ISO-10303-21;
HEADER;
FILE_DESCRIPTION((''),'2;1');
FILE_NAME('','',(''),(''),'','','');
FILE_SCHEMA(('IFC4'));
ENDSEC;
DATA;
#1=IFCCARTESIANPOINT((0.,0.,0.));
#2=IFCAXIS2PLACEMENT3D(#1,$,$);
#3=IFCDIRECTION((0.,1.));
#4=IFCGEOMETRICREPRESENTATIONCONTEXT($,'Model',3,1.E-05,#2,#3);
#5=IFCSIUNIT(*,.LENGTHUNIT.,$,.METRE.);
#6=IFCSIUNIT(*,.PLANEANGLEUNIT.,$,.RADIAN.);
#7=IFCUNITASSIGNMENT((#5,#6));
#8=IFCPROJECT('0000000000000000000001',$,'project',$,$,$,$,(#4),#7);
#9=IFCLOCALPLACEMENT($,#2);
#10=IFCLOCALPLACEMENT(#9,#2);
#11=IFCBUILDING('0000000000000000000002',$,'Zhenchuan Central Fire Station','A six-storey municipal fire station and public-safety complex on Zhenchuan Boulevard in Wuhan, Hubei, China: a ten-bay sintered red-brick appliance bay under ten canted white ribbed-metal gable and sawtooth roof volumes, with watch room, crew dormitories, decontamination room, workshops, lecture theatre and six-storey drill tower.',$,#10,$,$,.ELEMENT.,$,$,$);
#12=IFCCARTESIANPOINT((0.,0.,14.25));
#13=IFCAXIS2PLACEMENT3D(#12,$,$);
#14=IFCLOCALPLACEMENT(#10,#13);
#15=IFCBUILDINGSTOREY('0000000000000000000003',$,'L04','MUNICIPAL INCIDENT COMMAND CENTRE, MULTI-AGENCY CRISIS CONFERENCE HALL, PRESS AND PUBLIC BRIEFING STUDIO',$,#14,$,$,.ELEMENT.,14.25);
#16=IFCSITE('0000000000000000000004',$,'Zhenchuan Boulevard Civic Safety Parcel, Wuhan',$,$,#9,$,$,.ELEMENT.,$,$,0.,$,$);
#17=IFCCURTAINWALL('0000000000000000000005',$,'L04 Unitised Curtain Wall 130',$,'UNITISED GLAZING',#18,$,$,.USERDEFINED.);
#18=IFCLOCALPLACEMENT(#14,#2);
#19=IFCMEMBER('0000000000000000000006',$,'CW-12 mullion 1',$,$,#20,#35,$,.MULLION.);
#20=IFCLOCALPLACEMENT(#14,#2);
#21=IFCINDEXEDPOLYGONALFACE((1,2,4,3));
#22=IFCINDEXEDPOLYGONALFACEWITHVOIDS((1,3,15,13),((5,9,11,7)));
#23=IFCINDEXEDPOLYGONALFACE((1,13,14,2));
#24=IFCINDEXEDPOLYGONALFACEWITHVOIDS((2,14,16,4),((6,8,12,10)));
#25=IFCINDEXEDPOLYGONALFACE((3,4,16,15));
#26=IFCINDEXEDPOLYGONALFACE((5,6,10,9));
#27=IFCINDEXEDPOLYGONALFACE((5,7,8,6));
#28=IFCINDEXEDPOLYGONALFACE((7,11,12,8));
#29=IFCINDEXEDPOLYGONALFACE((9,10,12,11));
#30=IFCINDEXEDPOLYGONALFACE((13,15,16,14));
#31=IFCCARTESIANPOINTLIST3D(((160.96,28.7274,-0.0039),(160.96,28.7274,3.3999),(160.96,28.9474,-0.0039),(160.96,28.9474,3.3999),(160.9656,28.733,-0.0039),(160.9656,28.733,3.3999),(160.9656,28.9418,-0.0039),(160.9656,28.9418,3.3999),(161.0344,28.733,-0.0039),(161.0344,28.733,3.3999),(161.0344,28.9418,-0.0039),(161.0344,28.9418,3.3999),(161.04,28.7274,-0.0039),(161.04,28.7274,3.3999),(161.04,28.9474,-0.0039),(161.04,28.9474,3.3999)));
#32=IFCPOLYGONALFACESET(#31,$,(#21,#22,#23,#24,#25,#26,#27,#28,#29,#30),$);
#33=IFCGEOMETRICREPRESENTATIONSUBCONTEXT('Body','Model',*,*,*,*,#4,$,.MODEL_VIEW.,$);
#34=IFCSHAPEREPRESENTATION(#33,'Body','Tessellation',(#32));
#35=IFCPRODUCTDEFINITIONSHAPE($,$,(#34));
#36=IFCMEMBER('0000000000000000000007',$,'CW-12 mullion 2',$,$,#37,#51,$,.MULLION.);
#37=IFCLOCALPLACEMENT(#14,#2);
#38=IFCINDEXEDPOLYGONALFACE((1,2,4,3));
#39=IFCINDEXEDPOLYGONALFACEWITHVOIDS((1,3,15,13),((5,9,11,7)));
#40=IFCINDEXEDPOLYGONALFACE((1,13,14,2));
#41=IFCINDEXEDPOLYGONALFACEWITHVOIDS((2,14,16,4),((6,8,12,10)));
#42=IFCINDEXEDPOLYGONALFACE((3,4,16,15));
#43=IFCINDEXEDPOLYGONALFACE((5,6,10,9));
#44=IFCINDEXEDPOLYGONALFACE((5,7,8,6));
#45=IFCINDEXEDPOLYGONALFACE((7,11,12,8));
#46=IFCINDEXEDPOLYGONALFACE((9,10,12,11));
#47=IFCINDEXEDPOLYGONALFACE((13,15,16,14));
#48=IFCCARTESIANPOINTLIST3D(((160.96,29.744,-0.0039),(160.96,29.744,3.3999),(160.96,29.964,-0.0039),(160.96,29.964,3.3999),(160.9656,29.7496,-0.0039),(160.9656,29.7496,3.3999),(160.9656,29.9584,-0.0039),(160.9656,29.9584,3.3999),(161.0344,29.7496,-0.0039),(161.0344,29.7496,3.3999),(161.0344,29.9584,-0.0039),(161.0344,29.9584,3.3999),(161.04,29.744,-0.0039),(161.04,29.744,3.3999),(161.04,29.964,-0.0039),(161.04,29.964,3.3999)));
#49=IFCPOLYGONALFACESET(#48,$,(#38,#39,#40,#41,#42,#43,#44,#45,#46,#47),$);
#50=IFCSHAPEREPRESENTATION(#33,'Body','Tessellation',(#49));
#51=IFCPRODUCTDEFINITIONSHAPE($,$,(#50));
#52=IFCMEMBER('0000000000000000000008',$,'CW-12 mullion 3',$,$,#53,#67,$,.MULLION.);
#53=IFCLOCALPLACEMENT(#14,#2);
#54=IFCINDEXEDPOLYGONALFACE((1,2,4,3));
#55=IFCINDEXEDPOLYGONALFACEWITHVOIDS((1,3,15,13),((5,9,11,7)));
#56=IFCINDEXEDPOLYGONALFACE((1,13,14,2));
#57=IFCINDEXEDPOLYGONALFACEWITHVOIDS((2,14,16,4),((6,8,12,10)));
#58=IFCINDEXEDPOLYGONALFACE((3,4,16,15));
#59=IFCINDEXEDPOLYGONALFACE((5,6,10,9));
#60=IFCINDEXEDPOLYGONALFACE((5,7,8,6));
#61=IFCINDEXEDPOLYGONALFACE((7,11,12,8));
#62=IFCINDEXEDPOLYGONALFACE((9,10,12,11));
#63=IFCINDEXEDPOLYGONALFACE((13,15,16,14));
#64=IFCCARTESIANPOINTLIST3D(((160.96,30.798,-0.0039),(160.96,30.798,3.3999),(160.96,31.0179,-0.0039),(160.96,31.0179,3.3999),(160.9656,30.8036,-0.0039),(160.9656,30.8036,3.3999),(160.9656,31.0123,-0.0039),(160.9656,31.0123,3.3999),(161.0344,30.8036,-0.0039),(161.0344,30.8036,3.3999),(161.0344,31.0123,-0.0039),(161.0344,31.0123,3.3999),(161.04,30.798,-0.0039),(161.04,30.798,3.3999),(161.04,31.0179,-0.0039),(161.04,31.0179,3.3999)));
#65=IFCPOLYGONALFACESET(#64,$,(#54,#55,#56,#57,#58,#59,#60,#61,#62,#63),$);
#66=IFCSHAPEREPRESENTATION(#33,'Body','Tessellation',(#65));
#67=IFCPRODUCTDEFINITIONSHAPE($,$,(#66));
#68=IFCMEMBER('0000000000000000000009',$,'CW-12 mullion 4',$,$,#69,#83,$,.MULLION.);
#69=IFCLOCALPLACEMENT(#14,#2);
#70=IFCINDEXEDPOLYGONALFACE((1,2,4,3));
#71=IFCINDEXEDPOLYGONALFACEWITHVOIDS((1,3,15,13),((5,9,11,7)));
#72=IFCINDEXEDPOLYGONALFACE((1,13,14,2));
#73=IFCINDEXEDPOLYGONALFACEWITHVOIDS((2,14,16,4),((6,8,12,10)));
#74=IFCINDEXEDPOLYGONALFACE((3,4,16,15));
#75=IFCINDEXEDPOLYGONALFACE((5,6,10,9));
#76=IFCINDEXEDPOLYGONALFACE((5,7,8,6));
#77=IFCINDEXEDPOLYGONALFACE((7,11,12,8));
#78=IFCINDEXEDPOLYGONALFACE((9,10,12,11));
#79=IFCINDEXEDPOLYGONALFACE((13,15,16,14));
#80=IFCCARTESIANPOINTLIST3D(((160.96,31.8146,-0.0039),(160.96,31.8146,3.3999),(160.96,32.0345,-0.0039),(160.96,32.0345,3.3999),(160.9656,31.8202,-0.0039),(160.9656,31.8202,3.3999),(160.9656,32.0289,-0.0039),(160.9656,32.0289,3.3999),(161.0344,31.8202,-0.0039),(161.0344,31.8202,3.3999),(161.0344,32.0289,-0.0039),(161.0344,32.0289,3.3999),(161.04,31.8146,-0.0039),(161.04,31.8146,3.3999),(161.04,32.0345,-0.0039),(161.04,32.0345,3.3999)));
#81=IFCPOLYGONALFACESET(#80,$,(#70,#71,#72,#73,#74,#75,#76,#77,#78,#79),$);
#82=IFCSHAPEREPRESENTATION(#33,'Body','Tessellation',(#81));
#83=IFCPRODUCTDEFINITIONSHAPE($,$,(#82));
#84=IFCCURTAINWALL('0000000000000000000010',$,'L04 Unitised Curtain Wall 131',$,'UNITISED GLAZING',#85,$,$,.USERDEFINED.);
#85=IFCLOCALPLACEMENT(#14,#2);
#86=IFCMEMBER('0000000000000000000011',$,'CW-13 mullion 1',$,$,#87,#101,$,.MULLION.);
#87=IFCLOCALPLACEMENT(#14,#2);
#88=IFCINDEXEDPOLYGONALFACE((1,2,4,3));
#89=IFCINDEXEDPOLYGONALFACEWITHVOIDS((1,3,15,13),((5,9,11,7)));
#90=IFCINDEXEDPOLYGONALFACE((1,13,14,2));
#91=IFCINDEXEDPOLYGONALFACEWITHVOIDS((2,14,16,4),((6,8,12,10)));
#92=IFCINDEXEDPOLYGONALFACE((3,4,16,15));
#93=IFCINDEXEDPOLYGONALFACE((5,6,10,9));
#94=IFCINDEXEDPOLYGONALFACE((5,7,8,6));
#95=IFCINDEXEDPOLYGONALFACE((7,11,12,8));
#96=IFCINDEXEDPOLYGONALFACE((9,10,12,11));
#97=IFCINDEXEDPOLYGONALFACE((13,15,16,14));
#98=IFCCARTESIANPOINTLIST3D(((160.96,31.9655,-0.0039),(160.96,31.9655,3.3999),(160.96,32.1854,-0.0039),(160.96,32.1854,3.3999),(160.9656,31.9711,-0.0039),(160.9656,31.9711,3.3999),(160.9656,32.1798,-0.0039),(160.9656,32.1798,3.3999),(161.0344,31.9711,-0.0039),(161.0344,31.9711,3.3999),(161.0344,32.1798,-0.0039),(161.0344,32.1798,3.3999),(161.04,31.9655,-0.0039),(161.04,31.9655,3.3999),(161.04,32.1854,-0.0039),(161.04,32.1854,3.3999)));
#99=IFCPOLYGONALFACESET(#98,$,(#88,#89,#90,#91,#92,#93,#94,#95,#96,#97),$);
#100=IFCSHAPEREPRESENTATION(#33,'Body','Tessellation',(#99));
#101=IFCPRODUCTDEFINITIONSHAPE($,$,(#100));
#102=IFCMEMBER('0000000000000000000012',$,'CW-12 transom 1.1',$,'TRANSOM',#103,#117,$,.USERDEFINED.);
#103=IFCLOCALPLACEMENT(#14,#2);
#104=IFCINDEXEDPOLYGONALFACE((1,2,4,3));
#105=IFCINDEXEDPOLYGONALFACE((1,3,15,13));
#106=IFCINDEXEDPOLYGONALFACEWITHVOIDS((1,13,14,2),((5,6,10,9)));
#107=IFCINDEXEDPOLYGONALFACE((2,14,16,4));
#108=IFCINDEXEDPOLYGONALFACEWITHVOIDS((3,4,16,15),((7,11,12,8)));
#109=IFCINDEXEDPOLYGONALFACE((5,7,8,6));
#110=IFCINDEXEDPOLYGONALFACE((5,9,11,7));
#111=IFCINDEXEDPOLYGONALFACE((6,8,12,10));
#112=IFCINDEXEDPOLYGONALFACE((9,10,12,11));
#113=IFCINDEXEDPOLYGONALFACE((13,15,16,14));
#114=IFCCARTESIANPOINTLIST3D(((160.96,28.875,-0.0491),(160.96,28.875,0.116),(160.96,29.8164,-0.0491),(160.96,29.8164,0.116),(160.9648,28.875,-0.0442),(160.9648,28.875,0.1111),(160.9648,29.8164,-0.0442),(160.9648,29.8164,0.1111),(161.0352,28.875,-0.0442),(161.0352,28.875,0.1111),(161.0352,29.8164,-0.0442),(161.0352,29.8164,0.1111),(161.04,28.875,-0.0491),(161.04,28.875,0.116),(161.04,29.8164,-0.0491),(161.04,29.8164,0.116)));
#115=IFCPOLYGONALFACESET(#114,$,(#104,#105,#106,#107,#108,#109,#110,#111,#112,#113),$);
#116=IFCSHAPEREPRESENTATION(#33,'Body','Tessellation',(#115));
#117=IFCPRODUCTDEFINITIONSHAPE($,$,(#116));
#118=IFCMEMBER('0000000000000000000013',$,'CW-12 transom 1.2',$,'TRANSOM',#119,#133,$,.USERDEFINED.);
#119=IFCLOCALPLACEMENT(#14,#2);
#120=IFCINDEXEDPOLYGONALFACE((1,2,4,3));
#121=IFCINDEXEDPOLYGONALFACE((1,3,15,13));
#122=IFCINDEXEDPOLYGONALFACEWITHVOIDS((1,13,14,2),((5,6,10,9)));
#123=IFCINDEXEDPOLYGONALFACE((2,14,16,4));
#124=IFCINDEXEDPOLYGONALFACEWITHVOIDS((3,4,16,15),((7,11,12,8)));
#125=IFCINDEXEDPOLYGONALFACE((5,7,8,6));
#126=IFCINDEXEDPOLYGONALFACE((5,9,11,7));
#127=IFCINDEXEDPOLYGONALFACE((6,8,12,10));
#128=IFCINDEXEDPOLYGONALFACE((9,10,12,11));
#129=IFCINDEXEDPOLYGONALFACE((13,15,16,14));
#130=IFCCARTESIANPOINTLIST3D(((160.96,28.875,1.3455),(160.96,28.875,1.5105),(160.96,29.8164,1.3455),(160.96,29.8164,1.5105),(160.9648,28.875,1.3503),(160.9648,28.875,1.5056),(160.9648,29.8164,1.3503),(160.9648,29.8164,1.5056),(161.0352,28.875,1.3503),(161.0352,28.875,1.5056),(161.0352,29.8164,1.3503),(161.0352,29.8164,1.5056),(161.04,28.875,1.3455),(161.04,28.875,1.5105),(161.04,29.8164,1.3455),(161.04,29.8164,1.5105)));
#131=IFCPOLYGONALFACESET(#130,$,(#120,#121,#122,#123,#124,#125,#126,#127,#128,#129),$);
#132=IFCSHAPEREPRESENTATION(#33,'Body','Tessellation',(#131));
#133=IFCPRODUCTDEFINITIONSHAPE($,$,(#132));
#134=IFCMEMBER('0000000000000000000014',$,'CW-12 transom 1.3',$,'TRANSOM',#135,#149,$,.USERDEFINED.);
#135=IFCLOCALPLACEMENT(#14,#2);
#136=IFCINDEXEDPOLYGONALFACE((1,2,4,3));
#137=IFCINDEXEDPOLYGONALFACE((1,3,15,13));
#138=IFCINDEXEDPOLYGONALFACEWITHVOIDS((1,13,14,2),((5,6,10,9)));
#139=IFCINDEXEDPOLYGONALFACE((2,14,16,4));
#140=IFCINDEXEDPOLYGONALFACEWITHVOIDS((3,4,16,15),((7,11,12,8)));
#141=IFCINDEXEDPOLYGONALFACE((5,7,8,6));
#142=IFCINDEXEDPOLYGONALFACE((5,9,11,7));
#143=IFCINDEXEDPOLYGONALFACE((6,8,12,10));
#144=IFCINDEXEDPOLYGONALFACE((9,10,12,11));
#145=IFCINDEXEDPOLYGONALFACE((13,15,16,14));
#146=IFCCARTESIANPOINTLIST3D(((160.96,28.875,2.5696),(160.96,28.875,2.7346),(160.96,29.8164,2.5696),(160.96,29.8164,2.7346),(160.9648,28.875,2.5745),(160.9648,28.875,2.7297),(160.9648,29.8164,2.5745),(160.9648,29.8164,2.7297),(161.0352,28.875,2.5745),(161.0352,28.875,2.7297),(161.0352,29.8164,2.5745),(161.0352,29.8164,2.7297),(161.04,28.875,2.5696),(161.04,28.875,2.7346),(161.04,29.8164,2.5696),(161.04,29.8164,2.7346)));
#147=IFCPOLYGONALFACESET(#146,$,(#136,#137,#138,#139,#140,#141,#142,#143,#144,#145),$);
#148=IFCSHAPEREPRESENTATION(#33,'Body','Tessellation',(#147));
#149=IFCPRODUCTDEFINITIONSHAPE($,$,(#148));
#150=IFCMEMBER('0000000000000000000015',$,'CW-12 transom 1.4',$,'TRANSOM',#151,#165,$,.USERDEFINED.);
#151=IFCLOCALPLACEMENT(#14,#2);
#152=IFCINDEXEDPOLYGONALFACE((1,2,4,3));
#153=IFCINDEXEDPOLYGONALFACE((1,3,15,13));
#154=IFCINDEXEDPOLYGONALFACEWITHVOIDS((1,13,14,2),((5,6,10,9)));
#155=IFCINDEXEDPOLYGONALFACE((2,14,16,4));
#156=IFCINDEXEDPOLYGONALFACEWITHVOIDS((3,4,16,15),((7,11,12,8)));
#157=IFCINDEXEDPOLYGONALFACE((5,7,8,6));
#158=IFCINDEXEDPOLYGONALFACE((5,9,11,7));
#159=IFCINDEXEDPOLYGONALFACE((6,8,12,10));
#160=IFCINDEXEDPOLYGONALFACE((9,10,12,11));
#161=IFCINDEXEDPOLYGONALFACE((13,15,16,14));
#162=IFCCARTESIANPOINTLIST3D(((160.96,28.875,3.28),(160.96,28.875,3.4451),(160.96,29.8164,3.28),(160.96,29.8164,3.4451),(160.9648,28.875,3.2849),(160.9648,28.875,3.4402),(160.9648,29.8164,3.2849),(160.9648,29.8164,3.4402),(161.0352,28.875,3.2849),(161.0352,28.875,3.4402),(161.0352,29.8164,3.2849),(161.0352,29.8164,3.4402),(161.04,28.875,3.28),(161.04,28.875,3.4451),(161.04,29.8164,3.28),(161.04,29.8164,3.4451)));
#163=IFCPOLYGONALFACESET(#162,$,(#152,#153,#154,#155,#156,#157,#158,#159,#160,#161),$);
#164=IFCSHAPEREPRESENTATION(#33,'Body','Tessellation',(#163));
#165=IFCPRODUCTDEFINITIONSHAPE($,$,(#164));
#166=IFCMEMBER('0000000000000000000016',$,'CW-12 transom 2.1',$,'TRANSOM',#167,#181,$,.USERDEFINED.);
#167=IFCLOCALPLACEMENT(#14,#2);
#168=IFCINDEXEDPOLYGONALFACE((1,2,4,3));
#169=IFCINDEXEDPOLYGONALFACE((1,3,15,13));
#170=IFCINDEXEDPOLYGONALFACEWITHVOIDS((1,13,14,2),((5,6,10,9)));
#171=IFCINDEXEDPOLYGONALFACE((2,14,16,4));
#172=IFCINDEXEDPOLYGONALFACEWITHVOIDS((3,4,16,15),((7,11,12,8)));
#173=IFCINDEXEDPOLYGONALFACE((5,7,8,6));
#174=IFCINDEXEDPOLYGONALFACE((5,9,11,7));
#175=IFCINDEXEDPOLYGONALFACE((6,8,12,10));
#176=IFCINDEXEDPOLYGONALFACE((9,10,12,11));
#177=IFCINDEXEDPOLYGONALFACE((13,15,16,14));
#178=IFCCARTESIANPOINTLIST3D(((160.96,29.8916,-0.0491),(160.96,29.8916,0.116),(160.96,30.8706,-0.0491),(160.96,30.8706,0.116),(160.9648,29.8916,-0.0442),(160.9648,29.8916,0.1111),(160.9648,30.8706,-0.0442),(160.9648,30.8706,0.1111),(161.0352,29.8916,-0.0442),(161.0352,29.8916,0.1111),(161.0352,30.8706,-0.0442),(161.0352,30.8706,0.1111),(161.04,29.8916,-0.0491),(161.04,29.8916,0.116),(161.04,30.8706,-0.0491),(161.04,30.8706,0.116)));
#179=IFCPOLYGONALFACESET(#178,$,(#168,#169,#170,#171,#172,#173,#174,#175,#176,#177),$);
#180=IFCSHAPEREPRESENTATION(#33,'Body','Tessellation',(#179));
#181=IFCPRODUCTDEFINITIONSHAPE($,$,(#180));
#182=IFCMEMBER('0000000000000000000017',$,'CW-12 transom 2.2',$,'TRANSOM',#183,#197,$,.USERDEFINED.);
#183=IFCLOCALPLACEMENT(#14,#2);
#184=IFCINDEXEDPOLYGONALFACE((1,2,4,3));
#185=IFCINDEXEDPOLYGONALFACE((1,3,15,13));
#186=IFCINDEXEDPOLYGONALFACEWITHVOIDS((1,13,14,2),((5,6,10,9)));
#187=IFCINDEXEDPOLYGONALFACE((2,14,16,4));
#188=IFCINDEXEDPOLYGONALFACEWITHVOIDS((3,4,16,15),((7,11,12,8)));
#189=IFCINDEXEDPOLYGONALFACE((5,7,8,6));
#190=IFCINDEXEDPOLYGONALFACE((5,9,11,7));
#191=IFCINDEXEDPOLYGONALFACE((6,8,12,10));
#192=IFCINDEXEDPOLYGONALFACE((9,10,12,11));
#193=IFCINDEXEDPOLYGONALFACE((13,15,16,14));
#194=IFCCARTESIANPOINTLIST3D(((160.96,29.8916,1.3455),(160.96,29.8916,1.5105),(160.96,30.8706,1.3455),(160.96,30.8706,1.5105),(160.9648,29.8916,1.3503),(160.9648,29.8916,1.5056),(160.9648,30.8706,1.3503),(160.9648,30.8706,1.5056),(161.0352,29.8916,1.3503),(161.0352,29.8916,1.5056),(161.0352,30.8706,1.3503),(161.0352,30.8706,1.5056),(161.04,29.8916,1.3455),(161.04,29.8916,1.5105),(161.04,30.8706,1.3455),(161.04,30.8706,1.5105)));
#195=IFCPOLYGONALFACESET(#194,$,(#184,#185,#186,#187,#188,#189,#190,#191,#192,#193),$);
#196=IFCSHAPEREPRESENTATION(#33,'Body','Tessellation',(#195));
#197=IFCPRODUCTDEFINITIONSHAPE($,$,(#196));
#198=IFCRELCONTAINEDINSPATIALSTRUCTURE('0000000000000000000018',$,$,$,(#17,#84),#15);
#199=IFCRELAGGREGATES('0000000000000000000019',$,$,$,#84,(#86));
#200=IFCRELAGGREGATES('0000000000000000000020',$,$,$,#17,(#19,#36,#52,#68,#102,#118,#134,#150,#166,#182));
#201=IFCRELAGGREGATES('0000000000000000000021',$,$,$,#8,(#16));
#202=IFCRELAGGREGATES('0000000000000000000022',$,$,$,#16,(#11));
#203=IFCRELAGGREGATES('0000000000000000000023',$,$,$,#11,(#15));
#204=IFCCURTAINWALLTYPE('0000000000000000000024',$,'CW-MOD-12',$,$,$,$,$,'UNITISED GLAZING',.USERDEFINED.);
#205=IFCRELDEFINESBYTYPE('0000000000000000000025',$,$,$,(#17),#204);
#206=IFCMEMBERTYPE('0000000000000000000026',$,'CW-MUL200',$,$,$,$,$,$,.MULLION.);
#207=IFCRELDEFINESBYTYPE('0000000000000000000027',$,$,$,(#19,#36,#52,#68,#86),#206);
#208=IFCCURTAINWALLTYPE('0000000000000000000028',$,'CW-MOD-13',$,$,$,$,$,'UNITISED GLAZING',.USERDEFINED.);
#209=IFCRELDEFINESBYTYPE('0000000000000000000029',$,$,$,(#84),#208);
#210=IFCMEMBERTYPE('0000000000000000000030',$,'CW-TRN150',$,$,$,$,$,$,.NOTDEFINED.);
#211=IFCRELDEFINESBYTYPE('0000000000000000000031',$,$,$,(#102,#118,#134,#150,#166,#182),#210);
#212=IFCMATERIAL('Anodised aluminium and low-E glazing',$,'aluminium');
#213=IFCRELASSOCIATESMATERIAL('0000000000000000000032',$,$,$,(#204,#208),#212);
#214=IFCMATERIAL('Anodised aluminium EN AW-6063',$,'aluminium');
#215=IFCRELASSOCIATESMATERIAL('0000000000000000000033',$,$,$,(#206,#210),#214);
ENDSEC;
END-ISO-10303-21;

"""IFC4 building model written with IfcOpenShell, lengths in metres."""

from ifc_helpers import new_model, si_unit, direction, frame, origin, origin_2d, place, context, subcontext, project, spatial, hollow_rectangle, extrude, material, material_profile, profile_set, type_object, element, aggregate, save


model = new_model("IFC4")

# Units and contexts
model_context = context("Model", 3, precision=1e-05, world=origin(), true_north=direction((0.0, 1.0)))
body_context = subcontext(model_context, "Body", "Model", "MODEL_VIEW")
ifc_project = project(units=[si_unit("LENGTHUNIT", "METRE"), si_unit("PLANEANGLEUNIT", "RADIAN")], contexts=[model_context])

# Site, building, storey
site_placement = place(None, origin())
site = spatial("IfcSite", under=ifc_project, at=site_placement, Name="Zhenchuan Boulevard Civic Safety Parcel, Wuhan", CompositionType="ELEMENT", RefElevation=0.0)
building_placement = place(site_placement, origin())
building = spatial("IfcBuilding", under=site, at=building_placement, Name="Zhenchuan Central Fire Station", Description="A six-storey municipal fire station and public-safety complex on Zhenchuan Boulevard in Wuhan, Hubei, China: a ten-bay sintered red-brick appliance bay under ten canted white ribbed-metal gable and sawtooth roof volumes, with watch room, crew dormitories, decontamination room, workshops, lecture theatre and six-storey drill tower.", CompositionType="ELEMENT")
storey_placement = place(building_placement, frame((0.0, 0.0, 14.25)))
storey = spatial("IfcBuildingStorey", under=building, at=storey_placement, Name="L04", Description="MUNICIPAL INCIDENT COMMAND CENTRE, MULTI-AGENCY CRISIS CONFERENCE HALL, PRESS AND PUBLIC BRIEFING STUDIO", CompositionType="ELEMENT", Elevation=14.25)

# Curtain wall, members
ifc_material_1 = material(Name="Anodised aluminium and low-E glazing", Category="aluminium")
curtain_wall_type_1 = type_object("IfcCurtainWallType", Name="CW-MOD-12", ElementType="UNITISED GLAZING", PredefinedType="USERDEFINED", material=ifc_material_1)
curtain_wall_1_placement = place(storey_placement, origin())
curtain_wall_1 = element("IfcCurtainWall", 1, at=curtain_wall_1_placement, inside=storey, type_object=curtain_wall_type_1, Name="L04 Unitised Curtain Wall 130", ObjectType="UNITISED GLAZING", PredefinedType="USERDEFINED")
ifc_material_2 = material(Name="Anodised aluminium EN AW-6063", Category="aluminium")
ifc_material_profile_1 = material_profile(ifc_material_2, hollow_rectangle(XDim=0.0801, YDim=0.22, WallThickness=0.0056, at=origin_2d()), Name="ALU-M 220x80")
ifc_profile_set_1 = profile_set([ifc_material_profile_1], Name="Anodised aluminium EN AW-6063")
member_type_1 = type_object("IfcMemberType", Name="CW-MUL200", PredefinedType="MULLION", material=ifc_profile_set_1)
member_1_placement = place(storey_placement, frame((161.0, 28.8374, -0.0039), z_axis=(0.0, 0.0, 1.0), x_axis=(-1.0, 0.0, 0.0)))
member_1 = element("IfcMember", 2, at=member_1_placement, type_object=member_type_1, Name="CW-12 mullion 1", PredefinedType="MULLION", context=body_context, shape_type="SweptSolid", body=[
    extrude(hollow_rectangle(XDim=0.0801, YDim=0.22, WallThickness=0.0056, at=origin_2d()), origin(), (0.0, 0.0, 1.0), 3.4038),
])
member_2_placement = place(storey_placement, frame((161.0, 29.854, -0.0039), z_axis=(0.0, 0.0, 1.0), x_axis=(-1.0, 0.0, 0.0)))
member_2 = element("IfcMember", 3, at=member_2_placement, type_object=member_type_1, Name="CW-12 mullion 2", PredefinedType="MULLION", context=body_context, shape_type="SweptSolid", body=[
    extrude(hollow_rectangle(XDim=0.0801, YDim=0.22, WallThickness=0.0056, at=origin_2d()), origin(), (0.0, 0.0, 1.0), 3.4038),
])
member_3_placement = place(storey_placement, frame((161.0, 30.908, -0.0039), z_axis=(0.0, 0.0, 1.0), x_axis=(-1.0, 0.0, 0.0)))
member_3 = element("IfcMember", 4, at=member_3_placement, type_object=member_type_1, Name="CW-12 mullion 3", PredefinedType="MULLION", context=body_context, shape_type="SweptSolid", body=[
    extrude(hollow_rectangle(XDim=0.0801, YDim=0.22, WallThickness=0.0056, at=origin_2d()), origin(), (0.0, 0.0, 1.0), 3.4038),
])
member_4_placement = place(storey_placement, frame((161.0, 31.9246, -0.0039), z_axis=(0.0, 0.0, 1.0), x_axis=(-1.0, 0.0, 0.0)))
member_4 = element("IfcMember", 5, at=member_4_placement, type_object=member_type_1, Name="CW-12 mullion 4", PredefinedType="MULLION", context=body_context, shape_type="SweptSolid", body=[
    extrude(hollow_rectangle(XDim=0.0801, YDim=0.22, WallThickness=0.0056, at=origin_2d()), origin(), (0.0, 0.0, 1.0), 3.4038),
])

# Curtain wall, member
curtain_wall_type_2 = type_object("IfcCurtainWallType", Name="CW-MOD-13", ElementType="UNITISED GLAZING", PredefinedType="USERDEFINED", material=ifc_material_1)
curtain_wall_2_placement = place(storey_placement, origin())
curtain_wall_2 = element("IfcCurtainWall", 6, at=curtain_wall_2_placement, inside=storey, type_object=curtain_wall_type_2, Name="L04 Unitised Curtain Wall 131", ObjectType="UNITISED GLAZING", PredefinedType="USERDEFINED")
member_5_placement = place(storey_placement, frame((161.0, 32.0754, -0.0039), z_axis=(0.0, 0.0, 1.0), x_axis=(-1.0, 0.0, 0.0)))
member_5 = element("IfcMember", 7, at=member_5_placement, type_object=member_type_1, Name="CW-13 mullion 1", PredefinedType="MULLION", context=body_context, shape_type="SweptSolid", body=[
    extrude(hollow_rectangle(XDim=0.0801, YDim=0.22, WallThickness=0.0056, at=origin_2d()), origin(), (0.0, 0.0, 1.0), 3.4038),
])
aggregate(curtain_wall_2, [member_5])

# Members
ifc_material_profile_2 = material_profile(ifc_material_2, hollow_rectangle(XDim=0.0801, YDim=0.165, WallThickness=0.0049, at=origin_2d()), Name="ALU-T 165x80")
ifc_profile_set_2 = profile_set([ifc_material_profile_2], Name="Anodised aluminium EN AW-6063")
member_type_2 = type_object("IfcMemberType", Name="CW-TRN150", PredefinedType="NOTDEFINED", material=ifc_profile_set_2)
member_6_placement = place(storey_placement, frame((161.0, 28.875, 0.0334), z_axis=(0.0, 1.0, 0.0), x_axis=(-1.0, 0.0, 0.0)))
member_6 = element("IfcMember", 8, at=member_6_placement, type_object=member_type_2, Name="CW-12 transom 1.1", ObjectType="TRANSOM", PredefinedType="USERDEFINED", context=body_context, shape_type="SweptSolid", body=[
    extrude(hollow_rectangle(XDim=0.0801, YDim=0.165, WallThickness=0.0049, at=origin_2d()), origin(), (0.0, 0.0, 1.0), 0.9414),
])
member_7_placement = place(storey_placement, frame((161.0, 28.875, 1.428), z_axis=(0.0, 1.0, 0.0), x_axis=(-1.0, 0.0, 0.0)))
member_7 = element("IfcMember", 9, at=member_7_placement, type_object=member_type_2, Name="CW-12 transom 1.2", ObjectType="TRANSOM", PredefinedType="USERDEFINED", context=body_context, shape_type="SweptSolid", body=[
    extrude(hollow_rectangle(XDim=0.0801, YDim=0.165, WallThickness=0.0049, at=origin_2d()), origin(), (0.0, 0.0, 1.0), 0.9414),
])
member_8_placement = place(storey_placement, frame((161.0, 28.875, 2.6521), z_axis=(0.0, 1.0, 0.0), x_axis=(-1.0, 0.0, 0.0)))
member_8 = element("IfcMember", 10, at=member_8_placement, type_object=member_type_2, Name="CW-12 transom 1.3", ObjectType="TRANSOM", PredefinedType="USERDEFINED", context=body_context, shape_type="SweptSolid", body=[
    extrude(hollow_rectangle(XDim=0.0801, YDim=0.165, WallThickness=0.0049, at=origin_2d()), origin(), (0.0, 0.0, 1.0), 0.9414),
])
member_9_placement = place(storey_placement, frame((161.0, 28.875, 3.3625), z_axis=(0.0, 1.0, 0.0), x_axis=(-1.0, 0.0, 0.0)))
member_9 = element("IfcMember", 11, at=member_9_placement, type_object=member_type_2, Name="CW-12 transom 1.4", ObjectType="TRANSOM", PredefinedType="USERDEFINED", context=body_context, shape_type="SweptSolid", body=[
    extrude(hollow_rectangle(XDim=0.0801, YDim=0.165, WallThickness=0.0049, at=origin_2d()), origin(), (0.0, 0.0, 1.0), 0.9414),
])
member_10_placement = place(storey_placement, frame((161.0, 29.8916, 0.0334), z_axis=(0.0, 1.0, 0.0), x_axis=(-1.0, 0.0, 0.0)))
member_10 = element("IfcMember", 12, at=member_10_placement, type_object=member_type_2, Name="CW-12 transom 2.1", ObjectType="TRANSOM", PredefinedType="USERDEFINED", context=body_context, shape_type="SweptSolid", body=[
    extrude(hollow_rectangle(XDim=0.0801, YDim=0.165, WallThickness=0.0049, at=origin_2d()), origin(), (0.0, 0.0, 1.0), 0.979),
])
member_11_placement = place(storey_placement, frame((161.0, 29.8916, 1.428), z_axis=(0.0, 1.0, 0.0), x_axis=(-1.0, 0.0, 0.0)))
member_11 = element("IfcMember", 13, at=member_11_placement, type_object=member_type_2, Name="CW-12 transom 2.2", ObjectType="TRANSOM", PredefinedType="USERDEFINED", context=body_context, shape_type="SweptSolid", body=[
    extrude(hollow_rectangle(XDim=0.0801, YDim=0.165, WallThickness=0.0049, at=origin_2d()), origin(), (0.0, 0.0, 1.0), 0.979),
])

aggregate(curtain_wall_1, [member_1, member_2, member_3, member_4, member_6, member_7, member_8, member_9, member_10, member_11])

save(model, "model.ifc")
